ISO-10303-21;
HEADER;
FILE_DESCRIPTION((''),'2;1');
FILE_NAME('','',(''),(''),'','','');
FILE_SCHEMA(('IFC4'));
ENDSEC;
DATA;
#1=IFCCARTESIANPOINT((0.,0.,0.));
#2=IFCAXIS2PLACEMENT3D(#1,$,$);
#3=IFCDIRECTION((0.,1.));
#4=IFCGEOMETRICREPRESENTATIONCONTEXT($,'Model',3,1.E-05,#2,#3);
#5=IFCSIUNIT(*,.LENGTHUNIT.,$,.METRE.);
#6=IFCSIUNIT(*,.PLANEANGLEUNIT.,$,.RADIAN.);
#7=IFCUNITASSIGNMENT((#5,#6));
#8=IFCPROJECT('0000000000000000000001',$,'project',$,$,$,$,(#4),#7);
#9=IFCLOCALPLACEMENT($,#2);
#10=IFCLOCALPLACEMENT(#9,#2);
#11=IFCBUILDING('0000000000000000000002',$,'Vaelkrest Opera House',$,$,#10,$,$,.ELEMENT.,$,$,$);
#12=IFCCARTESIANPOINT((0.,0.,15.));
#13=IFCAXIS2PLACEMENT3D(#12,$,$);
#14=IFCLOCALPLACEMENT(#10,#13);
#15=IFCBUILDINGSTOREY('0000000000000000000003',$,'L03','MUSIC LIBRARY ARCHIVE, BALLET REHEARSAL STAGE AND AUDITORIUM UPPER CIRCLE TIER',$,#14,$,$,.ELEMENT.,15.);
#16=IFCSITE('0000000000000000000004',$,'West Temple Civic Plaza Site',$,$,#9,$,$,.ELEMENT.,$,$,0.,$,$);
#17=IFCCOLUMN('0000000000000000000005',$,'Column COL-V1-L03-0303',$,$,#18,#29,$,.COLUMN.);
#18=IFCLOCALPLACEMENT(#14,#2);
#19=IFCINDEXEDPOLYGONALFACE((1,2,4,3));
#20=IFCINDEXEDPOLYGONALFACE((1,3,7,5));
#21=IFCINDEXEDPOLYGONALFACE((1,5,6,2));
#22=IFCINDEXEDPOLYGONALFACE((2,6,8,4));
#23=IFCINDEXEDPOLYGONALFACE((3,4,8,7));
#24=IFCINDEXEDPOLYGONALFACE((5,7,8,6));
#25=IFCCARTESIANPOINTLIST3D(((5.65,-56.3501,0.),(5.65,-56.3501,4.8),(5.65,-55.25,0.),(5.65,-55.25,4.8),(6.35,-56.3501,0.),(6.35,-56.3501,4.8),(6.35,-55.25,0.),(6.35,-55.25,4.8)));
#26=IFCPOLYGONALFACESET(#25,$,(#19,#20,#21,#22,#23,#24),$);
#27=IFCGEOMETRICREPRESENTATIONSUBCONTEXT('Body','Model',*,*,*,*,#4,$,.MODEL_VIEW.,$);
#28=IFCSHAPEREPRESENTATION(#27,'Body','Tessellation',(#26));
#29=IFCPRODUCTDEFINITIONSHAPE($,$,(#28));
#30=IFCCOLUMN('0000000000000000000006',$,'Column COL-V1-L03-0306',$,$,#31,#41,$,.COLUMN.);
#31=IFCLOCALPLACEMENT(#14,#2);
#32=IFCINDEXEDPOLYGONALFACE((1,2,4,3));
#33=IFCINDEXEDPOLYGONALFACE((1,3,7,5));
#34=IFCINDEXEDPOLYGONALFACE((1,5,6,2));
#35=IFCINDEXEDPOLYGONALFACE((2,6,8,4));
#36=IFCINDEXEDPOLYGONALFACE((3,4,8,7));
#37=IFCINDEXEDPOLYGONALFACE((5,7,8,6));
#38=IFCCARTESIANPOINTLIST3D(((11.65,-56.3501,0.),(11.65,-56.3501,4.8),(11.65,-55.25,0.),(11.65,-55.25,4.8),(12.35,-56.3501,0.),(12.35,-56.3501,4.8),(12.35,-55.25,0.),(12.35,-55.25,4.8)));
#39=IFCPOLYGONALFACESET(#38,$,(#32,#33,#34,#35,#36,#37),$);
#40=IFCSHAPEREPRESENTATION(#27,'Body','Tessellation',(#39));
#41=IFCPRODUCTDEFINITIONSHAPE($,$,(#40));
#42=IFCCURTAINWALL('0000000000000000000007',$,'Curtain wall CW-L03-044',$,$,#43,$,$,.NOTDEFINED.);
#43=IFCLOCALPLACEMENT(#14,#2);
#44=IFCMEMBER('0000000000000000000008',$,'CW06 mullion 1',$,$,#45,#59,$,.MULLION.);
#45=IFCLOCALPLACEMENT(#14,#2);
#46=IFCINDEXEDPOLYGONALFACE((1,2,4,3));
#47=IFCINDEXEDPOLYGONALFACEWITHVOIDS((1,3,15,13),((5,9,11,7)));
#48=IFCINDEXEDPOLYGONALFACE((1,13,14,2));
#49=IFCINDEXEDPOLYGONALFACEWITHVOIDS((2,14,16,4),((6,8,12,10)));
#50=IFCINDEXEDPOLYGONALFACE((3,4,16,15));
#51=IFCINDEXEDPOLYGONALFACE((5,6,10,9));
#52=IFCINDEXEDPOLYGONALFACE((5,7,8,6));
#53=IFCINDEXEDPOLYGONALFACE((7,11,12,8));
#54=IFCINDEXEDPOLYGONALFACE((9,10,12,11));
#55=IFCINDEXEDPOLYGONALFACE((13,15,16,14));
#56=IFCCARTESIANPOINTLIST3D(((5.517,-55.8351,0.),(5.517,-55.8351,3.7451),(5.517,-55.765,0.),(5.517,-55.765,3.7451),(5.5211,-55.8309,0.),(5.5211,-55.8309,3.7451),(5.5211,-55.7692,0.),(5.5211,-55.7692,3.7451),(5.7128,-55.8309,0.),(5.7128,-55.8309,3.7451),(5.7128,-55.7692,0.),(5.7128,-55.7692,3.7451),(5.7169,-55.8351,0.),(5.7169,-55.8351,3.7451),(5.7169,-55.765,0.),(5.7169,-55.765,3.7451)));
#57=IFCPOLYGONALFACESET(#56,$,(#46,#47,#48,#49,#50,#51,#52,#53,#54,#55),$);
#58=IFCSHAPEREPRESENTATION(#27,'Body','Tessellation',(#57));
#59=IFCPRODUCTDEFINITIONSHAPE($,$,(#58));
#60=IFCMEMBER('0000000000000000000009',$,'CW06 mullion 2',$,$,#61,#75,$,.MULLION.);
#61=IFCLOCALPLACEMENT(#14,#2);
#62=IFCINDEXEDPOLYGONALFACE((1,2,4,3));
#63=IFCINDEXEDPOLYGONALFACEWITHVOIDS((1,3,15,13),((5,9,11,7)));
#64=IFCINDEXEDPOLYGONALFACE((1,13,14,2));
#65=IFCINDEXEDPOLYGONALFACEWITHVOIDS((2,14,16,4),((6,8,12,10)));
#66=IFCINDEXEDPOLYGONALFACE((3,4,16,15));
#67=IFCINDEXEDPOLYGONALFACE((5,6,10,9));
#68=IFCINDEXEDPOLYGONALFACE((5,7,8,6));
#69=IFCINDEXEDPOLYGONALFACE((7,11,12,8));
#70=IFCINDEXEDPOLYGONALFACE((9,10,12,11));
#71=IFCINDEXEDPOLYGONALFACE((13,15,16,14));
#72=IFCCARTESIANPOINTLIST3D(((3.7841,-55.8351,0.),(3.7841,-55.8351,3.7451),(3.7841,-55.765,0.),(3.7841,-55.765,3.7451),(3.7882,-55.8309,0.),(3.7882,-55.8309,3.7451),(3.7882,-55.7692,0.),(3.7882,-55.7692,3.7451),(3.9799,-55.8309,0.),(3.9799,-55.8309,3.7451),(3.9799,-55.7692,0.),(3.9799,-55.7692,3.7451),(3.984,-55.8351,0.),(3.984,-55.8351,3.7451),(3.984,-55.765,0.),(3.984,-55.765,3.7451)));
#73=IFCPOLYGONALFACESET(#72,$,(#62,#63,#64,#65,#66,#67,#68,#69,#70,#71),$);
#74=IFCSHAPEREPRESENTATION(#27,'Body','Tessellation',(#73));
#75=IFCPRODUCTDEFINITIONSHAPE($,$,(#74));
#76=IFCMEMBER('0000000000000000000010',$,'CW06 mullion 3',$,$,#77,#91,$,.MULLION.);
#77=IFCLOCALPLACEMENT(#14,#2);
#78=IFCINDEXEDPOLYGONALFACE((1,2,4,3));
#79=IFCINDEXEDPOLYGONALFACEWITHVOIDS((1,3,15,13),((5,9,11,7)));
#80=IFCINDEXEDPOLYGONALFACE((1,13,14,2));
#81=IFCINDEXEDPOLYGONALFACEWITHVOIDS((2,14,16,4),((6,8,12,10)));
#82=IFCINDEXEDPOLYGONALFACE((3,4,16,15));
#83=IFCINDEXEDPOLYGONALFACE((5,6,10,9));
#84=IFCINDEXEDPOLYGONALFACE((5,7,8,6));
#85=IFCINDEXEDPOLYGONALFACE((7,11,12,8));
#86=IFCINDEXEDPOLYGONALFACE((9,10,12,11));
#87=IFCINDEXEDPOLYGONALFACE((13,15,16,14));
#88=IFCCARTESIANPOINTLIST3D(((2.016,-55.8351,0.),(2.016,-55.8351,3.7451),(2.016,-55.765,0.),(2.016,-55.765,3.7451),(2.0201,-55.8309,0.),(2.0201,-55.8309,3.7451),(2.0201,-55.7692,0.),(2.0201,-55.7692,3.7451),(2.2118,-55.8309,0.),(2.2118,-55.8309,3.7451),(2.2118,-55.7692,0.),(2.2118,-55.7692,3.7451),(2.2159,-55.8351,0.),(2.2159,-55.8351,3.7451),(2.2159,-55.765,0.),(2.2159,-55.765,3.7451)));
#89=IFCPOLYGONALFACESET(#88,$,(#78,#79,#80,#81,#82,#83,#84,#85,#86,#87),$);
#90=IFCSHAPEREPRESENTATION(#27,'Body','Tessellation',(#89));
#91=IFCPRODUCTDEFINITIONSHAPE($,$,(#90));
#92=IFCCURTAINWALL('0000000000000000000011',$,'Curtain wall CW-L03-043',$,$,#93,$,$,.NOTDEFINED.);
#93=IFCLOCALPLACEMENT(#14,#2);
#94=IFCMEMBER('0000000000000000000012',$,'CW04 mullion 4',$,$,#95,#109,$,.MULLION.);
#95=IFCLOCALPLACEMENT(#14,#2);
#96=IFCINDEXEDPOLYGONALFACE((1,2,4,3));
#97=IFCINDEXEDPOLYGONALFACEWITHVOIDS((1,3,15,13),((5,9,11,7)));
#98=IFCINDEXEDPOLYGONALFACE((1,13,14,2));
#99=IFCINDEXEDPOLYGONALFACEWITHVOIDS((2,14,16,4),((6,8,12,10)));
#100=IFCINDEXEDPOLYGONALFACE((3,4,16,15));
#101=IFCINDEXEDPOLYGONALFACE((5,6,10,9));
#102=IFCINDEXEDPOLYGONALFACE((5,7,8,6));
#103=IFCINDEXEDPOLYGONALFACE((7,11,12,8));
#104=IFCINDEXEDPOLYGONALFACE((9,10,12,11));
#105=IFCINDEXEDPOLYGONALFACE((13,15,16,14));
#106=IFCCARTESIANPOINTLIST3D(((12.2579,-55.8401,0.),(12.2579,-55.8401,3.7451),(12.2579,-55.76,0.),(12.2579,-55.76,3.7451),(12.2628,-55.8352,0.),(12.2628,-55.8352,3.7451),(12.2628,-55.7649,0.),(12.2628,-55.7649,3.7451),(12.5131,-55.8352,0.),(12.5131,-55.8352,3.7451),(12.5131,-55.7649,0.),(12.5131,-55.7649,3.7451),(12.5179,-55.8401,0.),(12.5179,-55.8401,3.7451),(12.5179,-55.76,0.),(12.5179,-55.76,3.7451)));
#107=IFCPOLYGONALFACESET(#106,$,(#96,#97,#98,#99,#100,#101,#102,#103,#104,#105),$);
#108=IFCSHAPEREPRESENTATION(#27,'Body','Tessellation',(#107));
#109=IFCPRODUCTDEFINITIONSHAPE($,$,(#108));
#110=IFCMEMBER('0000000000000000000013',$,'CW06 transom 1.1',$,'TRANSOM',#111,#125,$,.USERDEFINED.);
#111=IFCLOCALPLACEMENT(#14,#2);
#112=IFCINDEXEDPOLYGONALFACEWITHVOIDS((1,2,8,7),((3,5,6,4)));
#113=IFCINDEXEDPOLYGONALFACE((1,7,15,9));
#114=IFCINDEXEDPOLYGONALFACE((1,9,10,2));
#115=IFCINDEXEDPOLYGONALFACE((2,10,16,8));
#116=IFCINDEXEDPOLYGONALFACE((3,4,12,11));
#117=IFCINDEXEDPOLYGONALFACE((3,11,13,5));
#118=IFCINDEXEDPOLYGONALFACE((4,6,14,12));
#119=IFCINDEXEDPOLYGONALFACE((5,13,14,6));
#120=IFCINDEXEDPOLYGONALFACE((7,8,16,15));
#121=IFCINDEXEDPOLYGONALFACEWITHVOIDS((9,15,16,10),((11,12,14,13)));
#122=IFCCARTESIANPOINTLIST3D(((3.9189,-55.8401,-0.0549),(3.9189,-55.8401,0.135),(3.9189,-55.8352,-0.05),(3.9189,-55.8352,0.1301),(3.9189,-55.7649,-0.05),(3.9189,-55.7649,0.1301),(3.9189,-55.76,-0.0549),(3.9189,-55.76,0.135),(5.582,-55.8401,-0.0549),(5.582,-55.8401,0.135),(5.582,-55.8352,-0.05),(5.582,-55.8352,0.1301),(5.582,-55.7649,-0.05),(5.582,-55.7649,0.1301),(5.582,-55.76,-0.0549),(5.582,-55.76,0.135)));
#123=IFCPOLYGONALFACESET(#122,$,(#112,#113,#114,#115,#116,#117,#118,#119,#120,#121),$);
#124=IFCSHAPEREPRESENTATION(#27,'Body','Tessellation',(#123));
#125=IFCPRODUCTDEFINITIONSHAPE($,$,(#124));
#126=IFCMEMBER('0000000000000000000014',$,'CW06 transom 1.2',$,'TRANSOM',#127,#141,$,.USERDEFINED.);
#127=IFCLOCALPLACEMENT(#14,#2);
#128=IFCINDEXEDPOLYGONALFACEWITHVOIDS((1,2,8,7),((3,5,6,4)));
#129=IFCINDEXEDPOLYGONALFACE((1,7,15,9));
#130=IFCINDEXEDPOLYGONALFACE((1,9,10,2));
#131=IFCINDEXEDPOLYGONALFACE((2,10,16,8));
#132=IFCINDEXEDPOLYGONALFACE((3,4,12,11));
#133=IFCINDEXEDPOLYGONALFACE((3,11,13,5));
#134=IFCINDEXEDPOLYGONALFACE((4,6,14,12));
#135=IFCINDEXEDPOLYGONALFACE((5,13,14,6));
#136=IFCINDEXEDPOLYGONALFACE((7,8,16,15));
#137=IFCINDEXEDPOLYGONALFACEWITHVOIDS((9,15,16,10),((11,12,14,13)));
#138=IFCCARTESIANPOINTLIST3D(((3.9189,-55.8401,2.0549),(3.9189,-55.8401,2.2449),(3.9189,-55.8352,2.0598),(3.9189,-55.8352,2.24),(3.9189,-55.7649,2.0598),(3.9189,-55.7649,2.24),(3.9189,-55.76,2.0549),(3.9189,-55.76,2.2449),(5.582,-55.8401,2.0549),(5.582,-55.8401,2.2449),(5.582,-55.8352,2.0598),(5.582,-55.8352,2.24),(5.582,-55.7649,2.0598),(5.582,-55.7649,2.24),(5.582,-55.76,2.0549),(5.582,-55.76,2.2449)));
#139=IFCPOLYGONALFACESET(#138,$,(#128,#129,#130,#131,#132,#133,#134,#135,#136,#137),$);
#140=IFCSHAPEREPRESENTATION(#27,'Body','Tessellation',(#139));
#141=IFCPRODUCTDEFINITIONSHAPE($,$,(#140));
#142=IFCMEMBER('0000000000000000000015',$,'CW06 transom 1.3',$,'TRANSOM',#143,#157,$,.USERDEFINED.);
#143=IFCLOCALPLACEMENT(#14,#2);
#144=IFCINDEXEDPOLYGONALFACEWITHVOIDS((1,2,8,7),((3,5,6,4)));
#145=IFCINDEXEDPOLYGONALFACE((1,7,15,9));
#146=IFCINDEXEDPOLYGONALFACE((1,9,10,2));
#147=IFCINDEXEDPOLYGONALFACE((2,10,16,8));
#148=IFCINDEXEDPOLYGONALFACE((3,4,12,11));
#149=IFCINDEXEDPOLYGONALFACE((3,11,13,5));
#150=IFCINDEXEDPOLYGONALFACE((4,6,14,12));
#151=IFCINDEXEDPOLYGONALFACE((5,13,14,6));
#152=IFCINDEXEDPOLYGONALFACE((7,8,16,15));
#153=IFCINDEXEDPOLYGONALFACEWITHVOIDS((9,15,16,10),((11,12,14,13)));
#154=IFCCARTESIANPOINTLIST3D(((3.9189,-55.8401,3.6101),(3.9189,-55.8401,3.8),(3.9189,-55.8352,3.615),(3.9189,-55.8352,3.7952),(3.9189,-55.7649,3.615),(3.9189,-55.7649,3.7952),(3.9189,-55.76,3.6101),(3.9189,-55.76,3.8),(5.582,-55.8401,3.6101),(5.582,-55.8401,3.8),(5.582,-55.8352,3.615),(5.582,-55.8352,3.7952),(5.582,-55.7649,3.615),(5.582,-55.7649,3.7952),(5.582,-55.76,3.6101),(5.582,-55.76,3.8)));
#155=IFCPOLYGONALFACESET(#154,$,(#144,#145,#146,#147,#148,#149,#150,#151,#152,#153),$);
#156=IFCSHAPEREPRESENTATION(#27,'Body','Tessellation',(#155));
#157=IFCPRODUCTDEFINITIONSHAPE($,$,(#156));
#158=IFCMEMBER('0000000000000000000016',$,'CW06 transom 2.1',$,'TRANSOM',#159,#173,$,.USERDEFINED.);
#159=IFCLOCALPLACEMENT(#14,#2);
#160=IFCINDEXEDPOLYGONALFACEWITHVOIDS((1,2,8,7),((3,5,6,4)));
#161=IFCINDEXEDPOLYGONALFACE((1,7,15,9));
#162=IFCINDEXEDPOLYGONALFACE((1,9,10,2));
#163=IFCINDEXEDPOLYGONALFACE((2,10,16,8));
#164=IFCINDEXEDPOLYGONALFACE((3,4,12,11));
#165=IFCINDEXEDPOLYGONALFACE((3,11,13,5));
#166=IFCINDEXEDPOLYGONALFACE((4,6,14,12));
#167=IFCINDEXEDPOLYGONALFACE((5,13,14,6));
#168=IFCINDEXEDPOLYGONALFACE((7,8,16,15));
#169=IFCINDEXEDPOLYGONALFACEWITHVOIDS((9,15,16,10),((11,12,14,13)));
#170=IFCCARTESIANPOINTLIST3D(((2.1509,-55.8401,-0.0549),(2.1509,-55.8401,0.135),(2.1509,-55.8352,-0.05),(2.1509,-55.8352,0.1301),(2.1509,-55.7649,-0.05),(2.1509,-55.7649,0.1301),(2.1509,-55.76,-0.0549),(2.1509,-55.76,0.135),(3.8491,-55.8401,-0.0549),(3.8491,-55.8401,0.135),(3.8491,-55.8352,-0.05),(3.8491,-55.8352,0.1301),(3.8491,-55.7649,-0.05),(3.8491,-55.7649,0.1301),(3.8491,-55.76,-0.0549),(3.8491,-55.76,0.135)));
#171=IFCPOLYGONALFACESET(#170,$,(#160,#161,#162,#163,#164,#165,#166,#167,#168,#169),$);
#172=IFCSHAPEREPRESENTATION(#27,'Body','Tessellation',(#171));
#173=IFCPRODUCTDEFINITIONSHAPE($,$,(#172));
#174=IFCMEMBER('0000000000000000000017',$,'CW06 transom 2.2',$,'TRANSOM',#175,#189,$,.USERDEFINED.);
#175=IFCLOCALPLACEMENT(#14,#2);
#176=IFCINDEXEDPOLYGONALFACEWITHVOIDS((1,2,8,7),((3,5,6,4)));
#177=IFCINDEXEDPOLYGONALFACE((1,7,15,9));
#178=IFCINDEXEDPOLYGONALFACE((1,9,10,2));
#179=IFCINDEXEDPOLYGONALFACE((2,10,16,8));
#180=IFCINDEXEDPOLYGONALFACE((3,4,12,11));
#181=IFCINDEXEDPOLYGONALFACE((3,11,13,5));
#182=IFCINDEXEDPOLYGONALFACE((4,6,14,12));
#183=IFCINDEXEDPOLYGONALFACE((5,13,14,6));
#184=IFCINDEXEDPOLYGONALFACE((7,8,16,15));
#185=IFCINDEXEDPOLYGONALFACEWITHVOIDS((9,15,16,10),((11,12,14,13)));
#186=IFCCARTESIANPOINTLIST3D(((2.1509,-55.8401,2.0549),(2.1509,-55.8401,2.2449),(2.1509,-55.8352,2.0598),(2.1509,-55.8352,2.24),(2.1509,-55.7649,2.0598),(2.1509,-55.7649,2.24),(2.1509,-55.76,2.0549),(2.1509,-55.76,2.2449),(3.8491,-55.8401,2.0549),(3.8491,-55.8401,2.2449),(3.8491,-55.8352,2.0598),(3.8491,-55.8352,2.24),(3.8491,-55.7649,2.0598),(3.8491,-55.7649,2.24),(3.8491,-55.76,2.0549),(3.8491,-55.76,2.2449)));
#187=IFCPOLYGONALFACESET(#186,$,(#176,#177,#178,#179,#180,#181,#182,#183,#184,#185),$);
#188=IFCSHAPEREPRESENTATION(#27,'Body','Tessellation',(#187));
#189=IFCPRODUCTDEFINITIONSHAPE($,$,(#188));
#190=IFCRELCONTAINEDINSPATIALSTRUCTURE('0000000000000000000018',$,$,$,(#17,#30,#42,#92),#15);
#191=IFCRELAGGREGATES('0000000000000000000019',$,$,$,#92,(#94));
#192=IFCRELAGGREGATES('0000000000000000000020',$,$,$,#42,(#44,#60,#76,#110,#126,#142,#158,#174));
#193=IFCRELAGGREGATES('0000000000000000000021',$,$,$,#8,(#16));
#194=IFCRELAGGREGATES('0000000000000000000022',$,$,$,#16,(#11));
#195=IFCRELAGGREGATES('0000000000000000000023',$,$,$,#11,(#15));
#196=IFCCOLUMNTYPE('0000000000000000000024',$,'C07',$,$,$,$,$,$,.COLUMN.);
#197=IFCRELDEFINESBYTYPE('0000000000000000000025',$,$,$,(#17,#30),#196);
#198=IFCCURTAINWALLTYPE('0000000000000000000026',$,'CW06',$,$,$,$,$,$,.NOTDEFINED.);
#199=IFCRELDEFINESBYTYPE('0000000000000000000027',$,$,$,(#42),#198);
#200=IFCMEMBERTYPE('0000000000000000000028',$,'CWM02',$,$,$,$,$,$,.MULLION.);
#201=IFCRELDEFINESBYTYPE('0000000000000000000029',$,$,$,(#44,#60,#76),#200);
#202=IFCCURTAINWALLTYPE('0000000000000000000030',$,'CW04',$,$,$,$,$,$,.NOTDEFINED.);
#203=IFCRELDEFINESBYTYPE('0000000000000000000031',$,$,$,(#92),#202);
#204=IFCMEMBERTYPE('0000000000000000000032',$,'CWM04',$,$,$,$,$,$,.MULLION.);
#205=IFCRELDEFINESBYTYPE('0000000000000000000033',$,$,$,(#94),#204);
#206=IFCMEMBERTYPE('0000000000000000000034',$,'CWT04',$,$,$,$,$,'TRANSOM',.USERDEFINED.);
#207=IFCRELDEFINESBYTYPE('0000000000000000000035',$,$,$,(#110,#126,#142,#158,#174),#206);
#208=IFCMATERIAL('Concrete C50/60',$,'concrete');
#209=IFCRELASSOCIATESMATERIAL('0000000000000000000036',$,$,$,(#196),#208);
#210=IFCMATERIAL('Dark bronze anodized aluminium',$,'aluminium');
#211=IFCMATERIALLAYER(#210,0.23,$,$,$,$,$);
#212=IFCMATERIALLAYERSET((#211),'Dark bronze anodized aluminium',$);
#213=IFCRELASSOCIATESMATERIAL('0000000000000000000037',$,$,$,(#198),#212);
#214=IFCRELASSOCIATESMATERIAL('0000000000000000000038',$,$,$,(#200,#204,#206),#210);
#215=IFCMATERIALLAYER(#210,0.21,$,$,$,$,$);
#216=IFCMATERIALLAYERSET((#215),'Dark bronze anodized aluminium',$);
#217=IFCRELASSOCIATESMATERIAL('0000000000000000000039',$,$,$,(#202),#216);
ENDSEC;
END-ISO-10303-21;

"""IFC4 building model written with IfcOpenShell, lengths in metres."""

from ifc_helpers import new_model, si_unit, direction, frame, origin, origin_2d, place, context, subcontext, project, spatial, rectangle, hollow_rectangle, extrude, material, layer, layer_set, material_profile, profile_set, type_object, element, aggregate, save


model = new_model("IFC4")

# Units and contexts
model_context = context("Model", 3, precision=1e-05, world=origin(), true_north=direction((0.0, 1.0)))
body_context = subcontext(model_context, "Body", "Model", "MODEL_VIEW")
ifc_project = project(units=[si_unit("LENGTHUNIT", "METRE"), si_unit("PLANEANGLEUNIT", "RADIAN")], contexts=[model_context])

# Site, building, storey
site_placement = place(None, origin())
site = spatial("IfcSite", under=ifc_project, at=site_placement, Name="West Temple Civic Plaza Site", CompositionType="ELEMENT", RefElevation=0.0)
building_placement = place(site_placement, origin())
building = spatial("IfcBuilding", under=site, at=building_placement, Name="Vaelkrest Opera House", CompositionType="ELEMENT")
storey_placement = place(building_placement, frame((0.0, 0.0, 15.0)))
storey = spatial("IfcBuildingStorey", under=building, at=storey_placement, Name="L03", Description="MUSIC LIBRARY ARCHIVE, BALLET REHEARSAL STAGE AND AUDITORIUM UPPER CIRCLE TIER", CompositionType="ELEMENT", Elevation=15.0)

# Columns
ifc_material_1 = material(Name="Concrete C50/60", Category="concrete")
ifc_material_profile_1 = material_profile(ifc_material_1, rectangle(XDim=0.7, YDim=1.1001, at=origin_2d()), Name="RC700X1100")
ifc_profile_set_1 = profile_set([ifc_material_profile_1], Name="Concrete C50/60")
column_type = type_object("IfcColumnType", Name="C07", PredefinedType="COLUMN", material=ifc_profile_set_1)
for number, where, z_axis, x_axis, name in (
    (1, (6.0, -55.8, 0.0), (0.0, 0.0, 1.0), (1.0, 0.0, 0.0), "Column COL-V1-L03-0303"),
    (2, (12.0, -55.8, 0.0), (0.0, 0.0, 1.0), (1.0, 0.0, 0.0), "Column COL-V1-L03-0306"),
):
    element("IfcColumn", number, at=place(storey_placement, frame(where, z_axis=z_axis, x_axis=x_axis)), inside=storey, type_object=column_type, Name=name, PredefinedType="COLUMN", context=body_context, shape_type="SweptSolid", body=[
        extrude(rectangle(XDim=0.7, YDim=1.1001, at=origin_2d()), origin(), (0.0, 0.0, 1.0), 4.8),
    ])

# Curtain wall, members
ifc_material_2 = material(Name="Dark bronze anodized aluminium", Category="aluminium")
ifc_layer_1 = layer(ifc_material_2, 0.23)
ifc_layer_set_1 = layer_set([ifc_layer_1], Name="Dark bronze anodized aluminium")
curtain_wall_type_1 = type_object("IfcCurtainWallType", Name="CW06", PredefinedType="NOTDEFINED", material=ifc_layer_set_1)
curtain_wall_1_placement = place(storey_placement, origin())
curtain_wall_1 = element("IfcCurtainWall", 3, at=curtain_wall_1_placement, inside=storey, type_object=curtain_wall_type_1, Name="Curtain wall CW-L03-044", PredefinedType="NOTDEFINED")
ifc_material_profile_2 = material_profile(ifc_material_2, hollow_rectangle(XDim=0.0701, YDim=0.2, WallThickness=0.0042, at=origin_2d()), Name="CWM70X200")
ifc_profile_set_2 = profile_set([ifc_material_profile_2], Name="Dark bronze anodized aluminium")
member_type_1 = type_object("IfcMemberType", Name="CWM02", PredefinedType="MULLION", material=ifc_profile_set_2)
member_1_placement = place(storey_placement, frame((5.6169, -55.8, 0.0), z_axis=(0.0, 0.0, 1.0), x_axis=(0.0, -1.0, 0.0)))
member_1 = element("IfcMember", 4, at=member_1_placement, type_object=member_type_1, Name="CW06 mullion 1", PredefinedType="MULLION", context=body_context, shape_type="SweptSolid", body=[
    extrude(hollow_rectangle(XDim=0.0701, YDim=0.2, WallThickness=0.0042, at=origin_2d()), origin(), (0.0, 0.0, 1.0), 3.7451),
])
member_2_placement = place(storey_placement, frame((3.884, -55.8, 0.0), z_axis=(0.0, 0.0, 1.0), x_axis=(0.0, -1.0, 0.0)))
member_2 = element("IfcMember", 5, at=member_2_placement, type_object=member_type_1, Name="CW06 mullion 2", PredefinedType="MULLION", context=body_context, shape_type="SweptSolid", body=[
    extrude(hollow_rectangle(XDim=0.0701, YDim=0.2, WallThickness=0.0042, at=origin_2d()), origin(), (0.0, 0.0, 1.0), 3.7451),
])
member_3_placement = place(storey_placement, frame((2.116, -55.8, 0.0), z_axis=(0.0, 0.0, 1.0), x_axis=(0.0, -1.0, 0.0)))
member_3 = element("IfcMember", 6, at=member_3_placement, type_object=member_type_1, Name="CW06 mullion 3", PredefinedType="MULLION", context=body_context, shape_type="SweptSolid", body=[
    extrude(hollow_rectangle(XDim=0.0701, YDim=0.2, WallThickness=0.0042, at=origin_2d()), origin(), (0.0, 0.0, 1.0), 3.7451),
])

# Curtain wall, member
ifc_layer_2 = layer(ifc_material_2, 0.21)
ifc_layer_set_2 = layer_set([ifc_layer_2], Name="Dark bronze anodized aluminium")
curtain_wall_type_2 = type_object("IfcCurtainWallType", Name="CW04", PredefinedType="NOTDEFINED", material=ifc_layer_set_2)
curtain_wall_2_placement = place(storey_placement, origin())
curtain_wall_2 = element("IfcCurtainWall", 7, at=curtain_wall_2_placement, inside=storey, type_object=curtain_wall_type_2, Name="Curtain wall CW-L03-043", PredefinedType="NOTDEFINED")
ifc_material_profile_3 = material_profile(ifc_material_2, hollow_rectangle(XDim=0.0801, YDim=0.26, WallThickness=0.0049, at=origin_2d()), Name="CWM80X260")
ifc_profile_set_3 = profile_set([ifc_material_profile_3], Name="Dark bronze anodized aluminium")
member_type_2 = type_object("IfcMemberType", Name="CWM04", PredefinedType="MULLION", material=ifc_profile_set_3)
member_4_placement = place(storey_placement, frame((12.3879, -55.8, 0.0), z_axis=(0.0, 0.0, 1.0), x_axis=(0.0, -1.0, 0.0)))
member_4 = element("IfcMember", 8, at=member_4_placement, type_object=member_type_2, Name="CW04 mullion 4", PredefinedType="MULLION", context=body_context, shape_type="SweptSolid", body=[
    extrude(hollow_rectangle(XDim=0.0801, YDim=0.26, WallThickness=0.0049, at=origin_2d()), origin(), (0.0, 0.0, 1.0), 3.7451),
])
aggregate(curtain_wall_2, [member_4])

# Members
ifc_material_profile_4 = material_profile(ifc_material_2, hollow_rectangle(XDim=0.0801, YDim=0.1899, WallThickness=0.0049, at=origin_2d()), Name="CWT80X190")
ifc_profile_set_4 = profile_set([ifc_material_profile_4], Name="Dark bronze anodized aluminium")
member_type_3 = type_object("IfcMemberType", Name="CWT04", ElementType="TRANSOM", PredefinedType="USERDEFINED", material=ifc_profile_set_4)
member_5_placement = place(storey_placement, frame((5.582, -55.8, 0.04), z_axis=(-1.0, 0.0, 0.0), x_axis=(0.0, -1.0, 0.0)))
member_5 = element("IfcMember", 9, at=member_5_placement, type_object=member_type_3, Name="CW06 transom 1.1", ObjectType="TRANSOM", PredefinedType="USERDEFINED", context=body_context, shape_type="SweptSolid", body=[
    extrude(hollow_rectangle(XDim=0.0801, YDim=0.1899, WallThickness=0.0049, at=origin_2d()), origin(), (0.0, 0.0, 1.0), 1.6631),
])
member_6_placement = place(storey_placement, frame((5.582, -55.8, 2.1499), z_axis=(-1.0, 0.0, 0.0), x_axis=(0.0, -1.0, 0.0)))
member_6 = element("IfcMember", 10, at=member_6_placement, type_object=member_type_3, Name="CW06 transom 1.2", ObjectType="TRANSOM", PredefinedType="USERDEFINED", context=body_context, shape_type="SweptSolid", body=[
    extrude(hollow_rectangle(XDim=0.0801, YDim=0.1899, WallThickness=0.0049, at=origin_2d()), origin(), (0.0, 0.0, 1.0), 1.6631),
])
member_7_placement = place(storey_placement, frame((5.582, -55.8, 3.7051), z_axis=(-1.0, 0.0, 0.0), x_axis=(0.0, -1.0, 0.0)))
member_7 = element("IfcMember", 11, at=member_7_placement, type_object=member_type_3, Name="CW06 transom 1.3", ObjectType="TRANSOM", PredefinedType="USERDEFINED", context=body_context, shape_type="SweptSolid", body=[
    extrude(hollow_rectangle(XDim=0.0801, YDim=0.1899, WallThickness=0.0049, at=origin_2d()), origin(), (0.0, 0.0, 1.0), 1.6631),
])
member_8_placement = place(storey_placement, frame((3.8491, -55.8, 0.04), z_axis=(-1.0, 0.0, 0.0), x_axis=(0.0, -1.0, 0.0)))
member_8 = element("IfcMember", 12, at=member_8_placement, type_object=member_type_3, Name="CW06 transom 2.1", ObjectType="TRANSOM", PredefinedType="USERDEFINED", context=body_context, shape_type="SweptSolid", body=[
    extrude(hollow_rectangle(XDim=0.0801, YDim=0.1899, WallThickness=0.0049, at=origin_2d()), origin(), (0.0, 0.0, 1.0), 1.6982),
])
member_9_placement = place(storey_placement, frame((3.8491, -55.8, 2.1499), z_axis=(-1.0, 0.0, 0.0), x_axis=(0.0, -1.0, 0.0)))
member_9 = element("IfcMember", 13, at=member_9_placement, type_object=member_type_3, Name="CW06 transom 2.2", ObjectType="TRANSOM", PredefinedType="USERDEFINED", context=body_context, shape_type="SweptSolid", body=[
    extrude(hollow_rectangle(XDim=0.0801, YDim=0.1899, WallThickness=0.0049, at=origin_2d()), origin(), (0.0, 0.0, 1.0), 1.6982),
])

aggregate(curtain_wall_1, [member_1, member_2, member_3, member_5, member_6, member_7, member_8, member_9])

save(model, "model.ifc")
